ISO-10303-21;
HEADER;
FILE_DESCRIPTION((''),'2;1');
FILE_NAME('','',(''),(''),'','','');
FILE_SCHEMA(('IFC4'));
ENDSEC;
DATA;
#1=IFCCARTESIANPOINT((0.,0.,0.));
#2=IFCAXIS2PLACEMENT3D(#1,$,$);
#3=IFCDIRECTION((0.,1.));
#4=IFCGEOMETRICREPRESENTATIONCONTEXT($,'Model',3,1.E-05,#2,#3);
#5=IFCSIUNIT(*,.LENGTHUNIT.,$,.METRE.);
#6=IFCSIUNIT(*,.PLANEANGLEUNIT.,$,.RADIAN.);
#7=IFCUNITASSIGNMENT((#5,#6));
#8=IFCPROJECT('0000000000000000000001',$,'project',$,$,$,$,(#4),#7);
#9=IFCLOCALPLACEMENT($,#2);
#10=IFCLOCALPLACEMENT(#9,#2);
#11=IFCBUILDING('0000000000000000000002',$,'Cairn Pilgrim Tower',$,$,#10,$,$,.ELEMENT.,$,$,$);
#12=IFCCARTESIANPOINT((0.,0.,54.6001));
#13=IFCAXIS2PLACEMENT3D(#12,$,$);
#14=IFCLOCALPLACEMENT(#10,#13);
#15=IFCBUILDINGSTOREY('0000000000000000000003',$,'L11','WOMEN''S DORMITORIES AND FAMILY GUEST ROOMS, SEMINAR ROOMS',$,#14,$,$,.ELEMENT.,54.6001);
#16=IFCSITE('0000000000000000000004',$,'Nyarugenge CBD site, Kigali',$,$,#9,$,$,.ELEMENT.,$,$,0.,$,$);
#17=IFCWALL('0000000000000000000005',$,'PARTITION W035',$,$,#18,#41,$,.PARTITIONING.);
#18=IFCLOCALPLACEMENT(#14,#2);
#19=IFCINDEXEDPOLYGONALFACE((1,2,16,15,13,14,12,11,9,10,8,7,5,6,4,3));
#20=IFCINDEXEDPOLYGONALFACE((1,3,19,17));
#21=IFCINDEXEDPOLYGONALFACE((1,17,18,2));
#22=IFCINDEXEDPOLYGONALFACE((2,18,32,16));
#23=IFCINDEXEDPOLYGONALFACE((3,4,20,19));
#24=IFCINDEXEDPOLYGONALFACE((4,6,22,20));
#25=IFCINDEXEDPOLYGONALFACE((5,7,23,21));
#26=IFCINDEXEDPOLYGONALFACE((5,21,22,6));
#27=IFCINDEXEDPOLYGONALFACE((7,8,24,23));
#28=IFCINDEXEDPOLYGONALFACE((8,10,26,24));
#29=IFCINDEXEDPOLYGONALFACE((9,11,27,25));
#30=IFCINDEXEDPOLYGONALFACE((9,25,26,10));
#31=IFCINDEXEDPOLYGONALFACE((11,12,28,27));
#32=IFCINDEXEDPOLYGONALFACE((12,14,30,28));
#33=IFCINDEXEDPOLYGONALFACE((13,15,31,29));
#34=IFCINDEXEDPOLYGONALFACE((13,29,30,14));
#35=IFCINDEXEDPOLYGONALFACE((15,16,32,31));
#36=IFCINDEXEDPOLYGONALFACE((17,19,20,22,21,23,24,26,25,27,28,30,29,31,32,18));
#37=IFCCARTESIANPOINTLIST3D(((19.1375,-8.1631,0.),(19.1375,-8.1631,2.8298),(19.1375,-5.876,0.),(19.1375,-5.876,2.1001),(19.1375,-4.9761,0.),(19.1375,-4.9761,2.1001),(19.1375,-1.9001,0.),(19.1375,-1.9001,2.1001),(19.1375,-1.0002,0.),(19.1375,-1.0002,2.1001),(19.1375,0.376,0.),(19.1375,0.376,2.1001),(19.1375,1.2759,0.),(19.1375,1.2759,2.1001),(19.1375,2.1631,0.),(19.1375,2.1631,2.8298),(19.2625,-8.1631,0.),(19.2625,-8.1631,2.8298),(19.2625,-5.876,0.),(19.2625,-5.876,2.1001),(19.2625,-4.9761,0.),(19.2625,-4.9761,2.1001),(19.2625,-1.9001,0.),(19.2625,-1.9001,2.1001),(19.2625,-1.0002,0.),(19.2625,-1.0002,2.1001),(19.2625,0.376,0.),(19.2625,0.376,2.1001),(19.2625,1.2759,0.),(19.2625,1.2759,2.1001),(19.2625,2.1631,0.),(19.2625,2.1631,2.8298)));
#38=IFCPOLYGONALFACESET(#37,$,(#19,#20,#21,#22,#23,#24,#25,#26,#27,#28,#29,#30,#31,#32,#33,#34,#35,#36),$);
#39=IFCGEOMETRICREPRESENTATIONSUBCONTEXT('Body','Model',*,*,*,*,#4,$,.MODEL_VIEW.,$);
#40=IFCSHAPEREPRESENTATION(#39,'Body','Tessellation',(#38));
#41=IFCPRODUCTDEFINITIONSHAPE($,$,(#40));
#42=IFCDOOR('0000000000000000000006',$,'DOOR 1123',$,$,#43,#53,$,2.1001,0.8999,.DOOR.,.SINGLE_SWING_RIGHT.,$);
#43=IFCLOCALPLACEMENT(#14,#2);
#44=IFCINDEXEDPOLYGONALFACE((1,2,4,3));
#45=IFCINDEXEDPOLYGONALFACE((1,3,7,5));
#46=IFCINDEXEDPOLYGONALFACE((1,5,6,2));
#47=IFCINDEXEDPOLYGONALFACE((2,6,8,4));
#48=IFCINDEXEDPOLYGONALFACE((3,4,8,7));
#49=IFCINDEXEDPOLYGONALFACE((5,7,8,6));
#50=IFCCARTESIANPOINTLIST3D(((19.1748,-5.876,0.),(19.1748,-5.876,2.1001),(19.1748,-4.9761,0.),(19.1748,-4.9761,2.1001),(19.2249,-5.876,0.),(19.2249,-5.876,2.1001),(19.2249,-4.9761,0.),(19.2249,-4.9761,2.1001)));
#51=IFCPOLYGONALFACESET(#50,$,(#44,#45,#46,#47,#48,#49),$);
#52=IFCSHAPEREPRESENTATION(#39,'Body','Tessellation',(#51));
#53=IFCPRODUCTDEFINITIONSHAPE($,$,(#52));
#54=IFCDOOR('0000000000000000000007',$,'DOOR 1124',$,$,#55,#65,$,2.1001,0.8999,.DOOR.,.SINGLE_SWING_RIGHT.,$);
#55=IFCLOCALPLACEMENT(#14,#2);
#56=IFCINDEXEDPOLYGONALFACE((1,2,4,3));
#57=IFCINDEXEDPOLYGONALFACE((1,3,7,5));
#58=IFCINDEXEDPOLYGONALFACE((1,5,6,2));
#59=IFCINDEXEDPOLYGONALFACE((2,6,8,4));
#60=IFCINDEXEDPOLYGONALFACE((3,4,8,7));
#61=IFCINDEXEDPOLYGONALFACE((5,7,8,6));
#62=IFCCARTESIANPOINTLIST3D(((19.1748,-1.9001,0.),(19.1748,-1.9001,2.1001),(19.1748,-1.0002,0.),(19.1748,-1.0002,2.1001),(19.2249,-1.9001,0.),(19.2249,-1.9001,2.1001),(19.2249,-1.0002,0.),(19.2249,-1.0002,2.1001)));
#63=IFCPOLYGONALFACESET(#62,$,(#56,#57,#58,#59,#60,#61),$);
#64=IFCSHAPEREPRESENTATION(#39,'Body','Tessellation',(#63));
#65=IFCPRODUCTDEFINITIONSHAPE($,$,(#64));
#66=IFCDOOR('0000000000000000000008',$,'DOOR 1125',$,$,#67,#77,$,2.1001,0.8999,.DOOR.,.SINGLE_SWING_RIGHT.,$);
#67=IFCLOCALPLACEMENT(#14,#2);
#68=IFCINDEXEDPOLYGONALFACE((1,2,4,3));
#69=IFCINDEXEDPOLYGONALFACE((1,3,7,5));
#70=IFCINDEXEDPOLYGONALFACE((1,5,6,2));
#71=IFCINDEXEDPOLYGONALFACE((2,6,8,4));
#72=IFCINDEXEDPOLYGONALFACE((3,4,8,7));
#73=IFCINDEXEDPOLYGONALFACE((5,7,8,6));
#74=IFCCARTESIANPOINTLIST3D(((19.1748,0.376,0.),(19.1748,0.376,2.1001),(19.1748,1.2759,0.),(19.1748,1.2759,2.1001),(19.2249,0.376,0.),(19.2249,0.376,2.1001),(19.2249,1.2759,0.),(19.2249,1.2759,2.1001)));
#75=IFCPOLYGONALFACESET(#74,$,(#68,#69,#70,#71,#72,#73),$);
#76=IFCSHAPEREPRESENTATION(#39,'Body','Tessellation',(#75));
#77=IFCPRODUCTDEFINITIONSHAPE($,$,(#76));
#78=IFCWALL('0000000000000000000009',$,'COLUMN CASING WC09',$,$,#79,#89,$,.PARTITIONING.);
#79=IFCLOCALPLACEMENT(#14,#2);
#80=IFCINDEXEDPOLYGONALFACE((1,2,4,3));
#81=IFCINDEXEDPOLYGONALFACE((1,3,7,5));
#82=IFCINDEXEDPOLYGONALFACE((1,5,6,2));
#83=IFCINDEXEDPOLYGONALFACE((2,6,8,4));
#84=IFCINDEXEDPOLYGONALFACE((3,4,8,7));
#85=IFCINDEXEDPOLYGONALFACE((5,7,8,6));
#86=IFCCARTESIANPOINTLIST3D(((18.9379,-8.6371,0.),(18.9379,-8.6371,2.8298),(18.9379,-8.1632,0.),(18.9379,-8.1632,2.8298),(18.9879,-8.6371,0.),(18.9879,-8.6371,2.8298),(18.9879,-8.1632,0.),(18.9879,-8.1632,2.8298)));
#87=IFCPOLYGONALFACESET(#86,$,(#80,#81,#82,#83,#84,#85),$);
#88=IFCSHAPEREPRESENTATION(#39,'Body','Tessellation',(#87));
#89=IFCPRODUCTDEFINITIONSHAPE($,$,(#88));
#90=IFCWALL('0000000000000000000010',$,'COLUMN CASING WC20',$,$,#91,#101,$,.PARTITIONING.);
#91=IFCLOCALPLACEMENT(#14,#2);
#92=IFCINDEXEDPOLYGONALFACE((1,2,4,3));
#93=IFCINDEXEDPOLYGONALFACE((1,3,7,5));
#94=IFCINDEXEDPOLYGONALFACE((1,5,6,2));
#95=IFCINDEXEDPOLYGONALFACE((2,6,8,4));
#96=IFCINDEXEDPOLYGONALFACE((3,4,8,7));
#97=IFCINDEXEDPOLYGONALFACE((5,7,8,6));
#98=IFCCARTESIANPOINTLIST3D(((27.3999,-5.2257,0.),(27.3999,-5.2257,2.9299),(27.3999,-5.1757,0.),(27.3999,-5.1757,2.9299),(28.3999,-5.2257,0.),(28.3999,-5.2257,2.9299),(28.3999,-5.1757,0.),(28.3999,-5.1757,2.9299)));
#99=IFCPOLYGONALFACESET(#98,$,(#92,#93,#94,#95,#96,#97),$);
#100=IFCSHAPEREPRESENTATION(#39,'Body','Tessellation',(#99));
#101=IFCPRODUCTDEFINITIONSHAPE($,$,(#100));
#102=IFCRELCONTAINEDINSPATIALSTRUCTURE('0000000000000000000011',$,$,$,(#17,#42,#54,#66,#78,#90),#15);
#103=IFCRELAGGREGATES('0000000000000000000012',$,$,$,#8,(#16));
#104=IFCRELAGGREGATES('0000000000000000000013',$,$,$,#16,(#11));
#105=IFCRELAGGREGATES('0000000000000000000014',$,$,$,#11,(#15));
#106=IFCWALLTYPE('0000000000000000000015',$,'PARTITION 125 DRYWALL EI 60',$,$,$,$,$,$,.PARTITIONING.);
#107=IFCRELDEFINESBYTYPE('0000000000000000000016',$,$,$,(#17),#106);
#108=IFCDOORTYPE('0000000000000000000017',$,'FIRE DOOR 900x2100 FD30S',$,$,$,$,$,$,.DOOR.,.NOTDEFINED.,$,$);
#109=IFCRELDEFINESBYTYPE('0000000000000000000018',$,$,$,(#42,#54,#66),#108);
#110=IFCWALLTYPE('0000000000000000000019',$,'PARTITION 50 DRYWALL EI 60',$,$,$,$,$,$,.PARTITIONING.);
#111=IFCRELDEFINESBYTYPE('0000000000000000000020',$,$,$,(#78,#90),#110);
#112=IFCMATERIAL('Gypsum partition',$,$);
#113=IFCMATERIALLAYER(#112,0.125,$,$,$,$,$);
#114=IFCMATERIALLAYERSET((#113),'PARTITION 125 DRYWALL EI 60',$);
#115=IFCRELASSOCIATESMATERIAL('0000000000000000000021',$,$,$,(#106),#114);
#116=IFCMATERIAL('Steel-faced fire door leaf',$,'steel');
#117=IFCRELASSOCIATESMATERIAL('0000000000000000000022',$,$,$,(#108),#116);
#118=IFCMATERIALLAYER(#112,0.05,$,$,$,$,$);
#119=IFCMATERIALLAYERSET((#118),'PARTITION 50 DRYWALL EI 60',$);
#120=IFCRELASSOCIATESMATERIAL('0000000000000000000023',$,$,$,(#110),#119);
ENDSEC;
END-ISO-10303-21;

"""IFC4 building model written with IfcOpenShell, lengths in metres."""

from ifc_helpers import new_model, si_unit, direction, frame, frame_2d, origin, place, context, subcontext, project, spatial, rectangle, extrude, material, layer, layer_set, type_object, element, fill, save


model = new_model("IFC4")

# Units and contexts
model_context = context("Model", 3, precision=1e-05, world=origin(), true_north=direction((0.0, 1.0)))
body_context = subcontext(model_context, "Body", "Model", "MODEL_VIEW")
ifc_project = project(units=[si_unit("LENGTHUNIT", "METRE"), si_unit("PLANEANGLEUNIT", "RADIAN")], contexts=[model_context])

# Site, building, storey
site_placement = place(None, origin())
site = spatial("IfcSite", under=ifc_project, at=site_placement, Name="Nyarugenge CBD site, Kigali", CompositionType="ELEMENT", RefElevation=0.0)
building_placement = place(site_placement, origin())
building = spatial("IfcBuilding", under=site, at=building_placement, Name="Cairn Pilgrim Tower", CompositionType="ELEMENT")
storey_placement = place(building_placement, frame((0.0, 0.0, 54.6001)))
storey = spatial("IfcBuildingStorey", under=building, at=storey_placement, Name="L11", Description="WOMEN'S DORMITORIES AND FAMILY GUEST ROOMS, SEMINAR ROOMS", CompositionType="ELEMENT", Elevation=54.6001)

# Shared definitions
ifc_material_1 = material(Name="Gypsum partition")

# Shared definitions
ifc_layer_1 = layer(ifc_material_1, 0.125)
ifc_layer_set_1 = layer_set([ifc_layer_1], Name="PARTITION 125 DRYWALL EI 60")
wall_type_1 = type_object("IfcWallType", Name="PARTITION 125 DRYWALL EI 60", PredefinedType="PARTITIONING", material=ifc_layer_set_1)

# Wall, openings, doors
wall_1_placement = place(storey_placement, frame((19.2, -8.1631, 0.0), z_axis=(0.0, 0.0, 1.0), x_axis=(0.0, 1.0, 0.0)))
wall_1 = element("IfcWall", 1, at=wall_1_placement, inside=storey, type_object=wall_type_1, Name="PARTITION W035", PredefinedType="PARTITIONING", context=body_context, shape_type="SweptSolid", body=[
    extrude(rectangle(XDim=10.3262, YDim=0.125, at=frame_2d((5.1631, 0.0))), origin(), (0.0, 0.0, 1.0), 2.8298),
])
opening_1_placement = place(wall_1_placement, frame((2.2871, 0.0, 0.0)))
opening_1 = element("IfcOpeningElement", 2, at=opening_1_placement, cuts=wall_1, PredefinedType="OPENING", context=body_context, shape_type="SweptSolid", body=[
    extrude(rectangle(XDim=0.8999, YDim=2.1001, at=frame_2d((0.45, 1.05))), frame((0.0, 0.0725, 0.0), z_axis=(0.0, -1.0, 0.0), x_axis=(1.0, 0.0, 0.0)), (0.0, 0.0, 1.0), 0.145),
])
opening_2_placement = place(wall_1_placement, frame((6.2629, 0.0, 0.0)))
opening_2 = element("IfcOpeningElement", 3, at=opening_2_placement, cuts=wall_1, PredefinedType="OPENING", context=body_context, shape_type="SweptSolid", body=[
    extrude(rectangle(XDim=0.8999, YDim=2.1001, at=frame_2d((0.45, 1.05))), frame((0.0, 0.0725, 0.0), z_axis=(0.0, -1.0, 0.0), x_axis=(1.0, 0.0, 0.0)), (0.0, 0.0, 1.0), 0.145),
])
opening_3_placement = place(wall_1_placement, frame((8.5391, 0.0, 0.0)))
opening_3 = element("IfcOpeningElement", 4, at=opening_3_placement, cuts=wall_1, PredefinedType="OPENING", context=body_context, shape_type="SweptSolid", body=[
    extrude(rectangle(XDim=0.8999, YDim=2.1001, at=frame_2d((0.45, 1.05))), frame((0.0, 0.0725, 0.0), z_axis=(0.0, -1.0, 0.0), x_axis=(1.0, 0.0, 0.0)), (0.0, 0.0, 1.0), 0.145),
])
ifc_material_2 = material(Name="Steel-faced fire door leaf", Category="steel")
door_type_1 = type_object("IfcDoorType", Name="FIRE DOOR 900x2100 FD30S", OperationType="NOTDEFINED", PredefinedType="DOOR", material=ifc_material_2)
door_1_placement = place(opening_1_placement, frame((0.8999, 0.0, 0.0), z_axis=(0.0, 0.0, 1.0), x_axis=(-1.0, 0.0, 0.0)))
door_1 = element("IfcDoor", 5, at=door_1_placement, inside=storey, type_object=door_type_1, Name="DOOR 1123", OperationType="SINGLE_SWING_RIGHT", OverallHeight=2.1001, OverallWidth=0.8999, PredefinedType="DOOR", context=body_context, shape_type="SweptSolid", body=[
    extrude(rectangle(XDim=0.8999, YDim=2.1001, at=frame_2d((0.45, 1.05))), frame((0.0, 0.0249, 0.0), z_axis=(0.0, -1.0, 0.0), x_axis=(1.0, 0.0, 0.0)), (0.0, 0.0, 1.0), 0.05),
])
fill(opening_1, door_1)
door_2_placement = place(opening_2_placement, frame((0.8999, 0.0, 0.0), z_axis=(0.0, 0.0, 1.0), x_axis=(-1.0, 0.0, 0.0)))
door_2 = element("IfcDoor", 6, at=door_2_placement, inside=storey, type_object=door_type_1, Name="DOOR 1124", OperationType="SINGLE_SWING_RIGHT", OverallHeight=2.1001, OverallWidth=0.8999, PredefinedType="DOOR", context=body_context, shape_type="SweptSolid", body=[
    extrude(rectangle(XDim=0.8999, YDim=2.1001, at=frame_2d((0.45, 1.05))), frame((0.0, 0.0249, 0.0), z_axis=(0.0, -1.0, 0.0), x_axis=(1.0, 0.0, 0.0)), (0.0, 0.0, 1.0), 0.05),
])
fill(opening_2, door_2)
door_3_placement = place(opening_3_placement, frame((0.8999, 0.0, 0.0), z_axis=(0.0, 0.0, 1.0), x_axis=(-1.0, 0.0, 0.0)))
door_3 = element("IfcDoor", 7, at=door_3_placement, inside=storey, type_object=door_type_1, Name="DOOR 1125", OperationType="SINGLE_SWING_RIGHT", OverallHeight=2.1001, OverallWidth=0.8999, PredefinedType="DOOR", context=body_context, shape_type="SweptSolid", body=[
    extrude(rectangle(XDim=0.8999, YDim=2.1001, at=frame_2d((0.45, 1.05))), frame((0.0, 0.0249, 0.0), z_axis=(0.0, -1.0, 0.0), x_axis=(1.0, 0.0, 0.0)), (0.0, 0.0, 1.0), 0.05),
])
fill(opening_3, door_3)

# Walls
ifc_layer_2 = layer(ifc_material_1, 0.05)
ifc_layer_set_2 = layer_set([ifc_layer_2], Name="PARTITION 50 DRYWALL EI 60")
wall_type_2 = type_object("IfcWallType", Name="PARTITION 50 DRYWALL EI 60", PredefinedType="PARTITIONING", material=ifc_layer_set_2)
wall_2_placement = place(storey_placement, frame((18.9629, -8.637, 0.0), z_axis=(0.0, 0.0, 1.0), x_axis=(0.0, 1.0, 0.0)))
element("IfcWall", 8, at=wall_2_placement, inside=storey, type_object=wall_type_2, Name="COLUMN CASING WC09", PredefinedType="PARTITIONING", context=body_context, shape_type="SweptSolid", body=[
    extrude(rectangle(XDim=0.4739, YDim=0.05, at=frame_2d((0.2368, 0.0))), origin(), (0.0, 0.0, 1.0), 2.8298),
])
wall_3_placement = place(storey_placement, frame((27.3999, -5.2007, 0.0), z_axis=(0.0, 0.0, 1.0), x_axis=(1.0, 0.0, 0.0)))
element("IfcWall", 9, at=wall_3_placement, inside=storey, type_object=wall_type_2, Name="COLUMN CASING WC20", PredefinedType="PARTITIONING", context=body_context, shape_type="SweptSolid", body=[
    extrude(rectangle(XDim=1.0, YDim=0.05, at=frame_2d((0.5, 0.0))), origin(), (0.0, 0.0, 1.0), 2.9299),
])

save(model, "model.ifc")
